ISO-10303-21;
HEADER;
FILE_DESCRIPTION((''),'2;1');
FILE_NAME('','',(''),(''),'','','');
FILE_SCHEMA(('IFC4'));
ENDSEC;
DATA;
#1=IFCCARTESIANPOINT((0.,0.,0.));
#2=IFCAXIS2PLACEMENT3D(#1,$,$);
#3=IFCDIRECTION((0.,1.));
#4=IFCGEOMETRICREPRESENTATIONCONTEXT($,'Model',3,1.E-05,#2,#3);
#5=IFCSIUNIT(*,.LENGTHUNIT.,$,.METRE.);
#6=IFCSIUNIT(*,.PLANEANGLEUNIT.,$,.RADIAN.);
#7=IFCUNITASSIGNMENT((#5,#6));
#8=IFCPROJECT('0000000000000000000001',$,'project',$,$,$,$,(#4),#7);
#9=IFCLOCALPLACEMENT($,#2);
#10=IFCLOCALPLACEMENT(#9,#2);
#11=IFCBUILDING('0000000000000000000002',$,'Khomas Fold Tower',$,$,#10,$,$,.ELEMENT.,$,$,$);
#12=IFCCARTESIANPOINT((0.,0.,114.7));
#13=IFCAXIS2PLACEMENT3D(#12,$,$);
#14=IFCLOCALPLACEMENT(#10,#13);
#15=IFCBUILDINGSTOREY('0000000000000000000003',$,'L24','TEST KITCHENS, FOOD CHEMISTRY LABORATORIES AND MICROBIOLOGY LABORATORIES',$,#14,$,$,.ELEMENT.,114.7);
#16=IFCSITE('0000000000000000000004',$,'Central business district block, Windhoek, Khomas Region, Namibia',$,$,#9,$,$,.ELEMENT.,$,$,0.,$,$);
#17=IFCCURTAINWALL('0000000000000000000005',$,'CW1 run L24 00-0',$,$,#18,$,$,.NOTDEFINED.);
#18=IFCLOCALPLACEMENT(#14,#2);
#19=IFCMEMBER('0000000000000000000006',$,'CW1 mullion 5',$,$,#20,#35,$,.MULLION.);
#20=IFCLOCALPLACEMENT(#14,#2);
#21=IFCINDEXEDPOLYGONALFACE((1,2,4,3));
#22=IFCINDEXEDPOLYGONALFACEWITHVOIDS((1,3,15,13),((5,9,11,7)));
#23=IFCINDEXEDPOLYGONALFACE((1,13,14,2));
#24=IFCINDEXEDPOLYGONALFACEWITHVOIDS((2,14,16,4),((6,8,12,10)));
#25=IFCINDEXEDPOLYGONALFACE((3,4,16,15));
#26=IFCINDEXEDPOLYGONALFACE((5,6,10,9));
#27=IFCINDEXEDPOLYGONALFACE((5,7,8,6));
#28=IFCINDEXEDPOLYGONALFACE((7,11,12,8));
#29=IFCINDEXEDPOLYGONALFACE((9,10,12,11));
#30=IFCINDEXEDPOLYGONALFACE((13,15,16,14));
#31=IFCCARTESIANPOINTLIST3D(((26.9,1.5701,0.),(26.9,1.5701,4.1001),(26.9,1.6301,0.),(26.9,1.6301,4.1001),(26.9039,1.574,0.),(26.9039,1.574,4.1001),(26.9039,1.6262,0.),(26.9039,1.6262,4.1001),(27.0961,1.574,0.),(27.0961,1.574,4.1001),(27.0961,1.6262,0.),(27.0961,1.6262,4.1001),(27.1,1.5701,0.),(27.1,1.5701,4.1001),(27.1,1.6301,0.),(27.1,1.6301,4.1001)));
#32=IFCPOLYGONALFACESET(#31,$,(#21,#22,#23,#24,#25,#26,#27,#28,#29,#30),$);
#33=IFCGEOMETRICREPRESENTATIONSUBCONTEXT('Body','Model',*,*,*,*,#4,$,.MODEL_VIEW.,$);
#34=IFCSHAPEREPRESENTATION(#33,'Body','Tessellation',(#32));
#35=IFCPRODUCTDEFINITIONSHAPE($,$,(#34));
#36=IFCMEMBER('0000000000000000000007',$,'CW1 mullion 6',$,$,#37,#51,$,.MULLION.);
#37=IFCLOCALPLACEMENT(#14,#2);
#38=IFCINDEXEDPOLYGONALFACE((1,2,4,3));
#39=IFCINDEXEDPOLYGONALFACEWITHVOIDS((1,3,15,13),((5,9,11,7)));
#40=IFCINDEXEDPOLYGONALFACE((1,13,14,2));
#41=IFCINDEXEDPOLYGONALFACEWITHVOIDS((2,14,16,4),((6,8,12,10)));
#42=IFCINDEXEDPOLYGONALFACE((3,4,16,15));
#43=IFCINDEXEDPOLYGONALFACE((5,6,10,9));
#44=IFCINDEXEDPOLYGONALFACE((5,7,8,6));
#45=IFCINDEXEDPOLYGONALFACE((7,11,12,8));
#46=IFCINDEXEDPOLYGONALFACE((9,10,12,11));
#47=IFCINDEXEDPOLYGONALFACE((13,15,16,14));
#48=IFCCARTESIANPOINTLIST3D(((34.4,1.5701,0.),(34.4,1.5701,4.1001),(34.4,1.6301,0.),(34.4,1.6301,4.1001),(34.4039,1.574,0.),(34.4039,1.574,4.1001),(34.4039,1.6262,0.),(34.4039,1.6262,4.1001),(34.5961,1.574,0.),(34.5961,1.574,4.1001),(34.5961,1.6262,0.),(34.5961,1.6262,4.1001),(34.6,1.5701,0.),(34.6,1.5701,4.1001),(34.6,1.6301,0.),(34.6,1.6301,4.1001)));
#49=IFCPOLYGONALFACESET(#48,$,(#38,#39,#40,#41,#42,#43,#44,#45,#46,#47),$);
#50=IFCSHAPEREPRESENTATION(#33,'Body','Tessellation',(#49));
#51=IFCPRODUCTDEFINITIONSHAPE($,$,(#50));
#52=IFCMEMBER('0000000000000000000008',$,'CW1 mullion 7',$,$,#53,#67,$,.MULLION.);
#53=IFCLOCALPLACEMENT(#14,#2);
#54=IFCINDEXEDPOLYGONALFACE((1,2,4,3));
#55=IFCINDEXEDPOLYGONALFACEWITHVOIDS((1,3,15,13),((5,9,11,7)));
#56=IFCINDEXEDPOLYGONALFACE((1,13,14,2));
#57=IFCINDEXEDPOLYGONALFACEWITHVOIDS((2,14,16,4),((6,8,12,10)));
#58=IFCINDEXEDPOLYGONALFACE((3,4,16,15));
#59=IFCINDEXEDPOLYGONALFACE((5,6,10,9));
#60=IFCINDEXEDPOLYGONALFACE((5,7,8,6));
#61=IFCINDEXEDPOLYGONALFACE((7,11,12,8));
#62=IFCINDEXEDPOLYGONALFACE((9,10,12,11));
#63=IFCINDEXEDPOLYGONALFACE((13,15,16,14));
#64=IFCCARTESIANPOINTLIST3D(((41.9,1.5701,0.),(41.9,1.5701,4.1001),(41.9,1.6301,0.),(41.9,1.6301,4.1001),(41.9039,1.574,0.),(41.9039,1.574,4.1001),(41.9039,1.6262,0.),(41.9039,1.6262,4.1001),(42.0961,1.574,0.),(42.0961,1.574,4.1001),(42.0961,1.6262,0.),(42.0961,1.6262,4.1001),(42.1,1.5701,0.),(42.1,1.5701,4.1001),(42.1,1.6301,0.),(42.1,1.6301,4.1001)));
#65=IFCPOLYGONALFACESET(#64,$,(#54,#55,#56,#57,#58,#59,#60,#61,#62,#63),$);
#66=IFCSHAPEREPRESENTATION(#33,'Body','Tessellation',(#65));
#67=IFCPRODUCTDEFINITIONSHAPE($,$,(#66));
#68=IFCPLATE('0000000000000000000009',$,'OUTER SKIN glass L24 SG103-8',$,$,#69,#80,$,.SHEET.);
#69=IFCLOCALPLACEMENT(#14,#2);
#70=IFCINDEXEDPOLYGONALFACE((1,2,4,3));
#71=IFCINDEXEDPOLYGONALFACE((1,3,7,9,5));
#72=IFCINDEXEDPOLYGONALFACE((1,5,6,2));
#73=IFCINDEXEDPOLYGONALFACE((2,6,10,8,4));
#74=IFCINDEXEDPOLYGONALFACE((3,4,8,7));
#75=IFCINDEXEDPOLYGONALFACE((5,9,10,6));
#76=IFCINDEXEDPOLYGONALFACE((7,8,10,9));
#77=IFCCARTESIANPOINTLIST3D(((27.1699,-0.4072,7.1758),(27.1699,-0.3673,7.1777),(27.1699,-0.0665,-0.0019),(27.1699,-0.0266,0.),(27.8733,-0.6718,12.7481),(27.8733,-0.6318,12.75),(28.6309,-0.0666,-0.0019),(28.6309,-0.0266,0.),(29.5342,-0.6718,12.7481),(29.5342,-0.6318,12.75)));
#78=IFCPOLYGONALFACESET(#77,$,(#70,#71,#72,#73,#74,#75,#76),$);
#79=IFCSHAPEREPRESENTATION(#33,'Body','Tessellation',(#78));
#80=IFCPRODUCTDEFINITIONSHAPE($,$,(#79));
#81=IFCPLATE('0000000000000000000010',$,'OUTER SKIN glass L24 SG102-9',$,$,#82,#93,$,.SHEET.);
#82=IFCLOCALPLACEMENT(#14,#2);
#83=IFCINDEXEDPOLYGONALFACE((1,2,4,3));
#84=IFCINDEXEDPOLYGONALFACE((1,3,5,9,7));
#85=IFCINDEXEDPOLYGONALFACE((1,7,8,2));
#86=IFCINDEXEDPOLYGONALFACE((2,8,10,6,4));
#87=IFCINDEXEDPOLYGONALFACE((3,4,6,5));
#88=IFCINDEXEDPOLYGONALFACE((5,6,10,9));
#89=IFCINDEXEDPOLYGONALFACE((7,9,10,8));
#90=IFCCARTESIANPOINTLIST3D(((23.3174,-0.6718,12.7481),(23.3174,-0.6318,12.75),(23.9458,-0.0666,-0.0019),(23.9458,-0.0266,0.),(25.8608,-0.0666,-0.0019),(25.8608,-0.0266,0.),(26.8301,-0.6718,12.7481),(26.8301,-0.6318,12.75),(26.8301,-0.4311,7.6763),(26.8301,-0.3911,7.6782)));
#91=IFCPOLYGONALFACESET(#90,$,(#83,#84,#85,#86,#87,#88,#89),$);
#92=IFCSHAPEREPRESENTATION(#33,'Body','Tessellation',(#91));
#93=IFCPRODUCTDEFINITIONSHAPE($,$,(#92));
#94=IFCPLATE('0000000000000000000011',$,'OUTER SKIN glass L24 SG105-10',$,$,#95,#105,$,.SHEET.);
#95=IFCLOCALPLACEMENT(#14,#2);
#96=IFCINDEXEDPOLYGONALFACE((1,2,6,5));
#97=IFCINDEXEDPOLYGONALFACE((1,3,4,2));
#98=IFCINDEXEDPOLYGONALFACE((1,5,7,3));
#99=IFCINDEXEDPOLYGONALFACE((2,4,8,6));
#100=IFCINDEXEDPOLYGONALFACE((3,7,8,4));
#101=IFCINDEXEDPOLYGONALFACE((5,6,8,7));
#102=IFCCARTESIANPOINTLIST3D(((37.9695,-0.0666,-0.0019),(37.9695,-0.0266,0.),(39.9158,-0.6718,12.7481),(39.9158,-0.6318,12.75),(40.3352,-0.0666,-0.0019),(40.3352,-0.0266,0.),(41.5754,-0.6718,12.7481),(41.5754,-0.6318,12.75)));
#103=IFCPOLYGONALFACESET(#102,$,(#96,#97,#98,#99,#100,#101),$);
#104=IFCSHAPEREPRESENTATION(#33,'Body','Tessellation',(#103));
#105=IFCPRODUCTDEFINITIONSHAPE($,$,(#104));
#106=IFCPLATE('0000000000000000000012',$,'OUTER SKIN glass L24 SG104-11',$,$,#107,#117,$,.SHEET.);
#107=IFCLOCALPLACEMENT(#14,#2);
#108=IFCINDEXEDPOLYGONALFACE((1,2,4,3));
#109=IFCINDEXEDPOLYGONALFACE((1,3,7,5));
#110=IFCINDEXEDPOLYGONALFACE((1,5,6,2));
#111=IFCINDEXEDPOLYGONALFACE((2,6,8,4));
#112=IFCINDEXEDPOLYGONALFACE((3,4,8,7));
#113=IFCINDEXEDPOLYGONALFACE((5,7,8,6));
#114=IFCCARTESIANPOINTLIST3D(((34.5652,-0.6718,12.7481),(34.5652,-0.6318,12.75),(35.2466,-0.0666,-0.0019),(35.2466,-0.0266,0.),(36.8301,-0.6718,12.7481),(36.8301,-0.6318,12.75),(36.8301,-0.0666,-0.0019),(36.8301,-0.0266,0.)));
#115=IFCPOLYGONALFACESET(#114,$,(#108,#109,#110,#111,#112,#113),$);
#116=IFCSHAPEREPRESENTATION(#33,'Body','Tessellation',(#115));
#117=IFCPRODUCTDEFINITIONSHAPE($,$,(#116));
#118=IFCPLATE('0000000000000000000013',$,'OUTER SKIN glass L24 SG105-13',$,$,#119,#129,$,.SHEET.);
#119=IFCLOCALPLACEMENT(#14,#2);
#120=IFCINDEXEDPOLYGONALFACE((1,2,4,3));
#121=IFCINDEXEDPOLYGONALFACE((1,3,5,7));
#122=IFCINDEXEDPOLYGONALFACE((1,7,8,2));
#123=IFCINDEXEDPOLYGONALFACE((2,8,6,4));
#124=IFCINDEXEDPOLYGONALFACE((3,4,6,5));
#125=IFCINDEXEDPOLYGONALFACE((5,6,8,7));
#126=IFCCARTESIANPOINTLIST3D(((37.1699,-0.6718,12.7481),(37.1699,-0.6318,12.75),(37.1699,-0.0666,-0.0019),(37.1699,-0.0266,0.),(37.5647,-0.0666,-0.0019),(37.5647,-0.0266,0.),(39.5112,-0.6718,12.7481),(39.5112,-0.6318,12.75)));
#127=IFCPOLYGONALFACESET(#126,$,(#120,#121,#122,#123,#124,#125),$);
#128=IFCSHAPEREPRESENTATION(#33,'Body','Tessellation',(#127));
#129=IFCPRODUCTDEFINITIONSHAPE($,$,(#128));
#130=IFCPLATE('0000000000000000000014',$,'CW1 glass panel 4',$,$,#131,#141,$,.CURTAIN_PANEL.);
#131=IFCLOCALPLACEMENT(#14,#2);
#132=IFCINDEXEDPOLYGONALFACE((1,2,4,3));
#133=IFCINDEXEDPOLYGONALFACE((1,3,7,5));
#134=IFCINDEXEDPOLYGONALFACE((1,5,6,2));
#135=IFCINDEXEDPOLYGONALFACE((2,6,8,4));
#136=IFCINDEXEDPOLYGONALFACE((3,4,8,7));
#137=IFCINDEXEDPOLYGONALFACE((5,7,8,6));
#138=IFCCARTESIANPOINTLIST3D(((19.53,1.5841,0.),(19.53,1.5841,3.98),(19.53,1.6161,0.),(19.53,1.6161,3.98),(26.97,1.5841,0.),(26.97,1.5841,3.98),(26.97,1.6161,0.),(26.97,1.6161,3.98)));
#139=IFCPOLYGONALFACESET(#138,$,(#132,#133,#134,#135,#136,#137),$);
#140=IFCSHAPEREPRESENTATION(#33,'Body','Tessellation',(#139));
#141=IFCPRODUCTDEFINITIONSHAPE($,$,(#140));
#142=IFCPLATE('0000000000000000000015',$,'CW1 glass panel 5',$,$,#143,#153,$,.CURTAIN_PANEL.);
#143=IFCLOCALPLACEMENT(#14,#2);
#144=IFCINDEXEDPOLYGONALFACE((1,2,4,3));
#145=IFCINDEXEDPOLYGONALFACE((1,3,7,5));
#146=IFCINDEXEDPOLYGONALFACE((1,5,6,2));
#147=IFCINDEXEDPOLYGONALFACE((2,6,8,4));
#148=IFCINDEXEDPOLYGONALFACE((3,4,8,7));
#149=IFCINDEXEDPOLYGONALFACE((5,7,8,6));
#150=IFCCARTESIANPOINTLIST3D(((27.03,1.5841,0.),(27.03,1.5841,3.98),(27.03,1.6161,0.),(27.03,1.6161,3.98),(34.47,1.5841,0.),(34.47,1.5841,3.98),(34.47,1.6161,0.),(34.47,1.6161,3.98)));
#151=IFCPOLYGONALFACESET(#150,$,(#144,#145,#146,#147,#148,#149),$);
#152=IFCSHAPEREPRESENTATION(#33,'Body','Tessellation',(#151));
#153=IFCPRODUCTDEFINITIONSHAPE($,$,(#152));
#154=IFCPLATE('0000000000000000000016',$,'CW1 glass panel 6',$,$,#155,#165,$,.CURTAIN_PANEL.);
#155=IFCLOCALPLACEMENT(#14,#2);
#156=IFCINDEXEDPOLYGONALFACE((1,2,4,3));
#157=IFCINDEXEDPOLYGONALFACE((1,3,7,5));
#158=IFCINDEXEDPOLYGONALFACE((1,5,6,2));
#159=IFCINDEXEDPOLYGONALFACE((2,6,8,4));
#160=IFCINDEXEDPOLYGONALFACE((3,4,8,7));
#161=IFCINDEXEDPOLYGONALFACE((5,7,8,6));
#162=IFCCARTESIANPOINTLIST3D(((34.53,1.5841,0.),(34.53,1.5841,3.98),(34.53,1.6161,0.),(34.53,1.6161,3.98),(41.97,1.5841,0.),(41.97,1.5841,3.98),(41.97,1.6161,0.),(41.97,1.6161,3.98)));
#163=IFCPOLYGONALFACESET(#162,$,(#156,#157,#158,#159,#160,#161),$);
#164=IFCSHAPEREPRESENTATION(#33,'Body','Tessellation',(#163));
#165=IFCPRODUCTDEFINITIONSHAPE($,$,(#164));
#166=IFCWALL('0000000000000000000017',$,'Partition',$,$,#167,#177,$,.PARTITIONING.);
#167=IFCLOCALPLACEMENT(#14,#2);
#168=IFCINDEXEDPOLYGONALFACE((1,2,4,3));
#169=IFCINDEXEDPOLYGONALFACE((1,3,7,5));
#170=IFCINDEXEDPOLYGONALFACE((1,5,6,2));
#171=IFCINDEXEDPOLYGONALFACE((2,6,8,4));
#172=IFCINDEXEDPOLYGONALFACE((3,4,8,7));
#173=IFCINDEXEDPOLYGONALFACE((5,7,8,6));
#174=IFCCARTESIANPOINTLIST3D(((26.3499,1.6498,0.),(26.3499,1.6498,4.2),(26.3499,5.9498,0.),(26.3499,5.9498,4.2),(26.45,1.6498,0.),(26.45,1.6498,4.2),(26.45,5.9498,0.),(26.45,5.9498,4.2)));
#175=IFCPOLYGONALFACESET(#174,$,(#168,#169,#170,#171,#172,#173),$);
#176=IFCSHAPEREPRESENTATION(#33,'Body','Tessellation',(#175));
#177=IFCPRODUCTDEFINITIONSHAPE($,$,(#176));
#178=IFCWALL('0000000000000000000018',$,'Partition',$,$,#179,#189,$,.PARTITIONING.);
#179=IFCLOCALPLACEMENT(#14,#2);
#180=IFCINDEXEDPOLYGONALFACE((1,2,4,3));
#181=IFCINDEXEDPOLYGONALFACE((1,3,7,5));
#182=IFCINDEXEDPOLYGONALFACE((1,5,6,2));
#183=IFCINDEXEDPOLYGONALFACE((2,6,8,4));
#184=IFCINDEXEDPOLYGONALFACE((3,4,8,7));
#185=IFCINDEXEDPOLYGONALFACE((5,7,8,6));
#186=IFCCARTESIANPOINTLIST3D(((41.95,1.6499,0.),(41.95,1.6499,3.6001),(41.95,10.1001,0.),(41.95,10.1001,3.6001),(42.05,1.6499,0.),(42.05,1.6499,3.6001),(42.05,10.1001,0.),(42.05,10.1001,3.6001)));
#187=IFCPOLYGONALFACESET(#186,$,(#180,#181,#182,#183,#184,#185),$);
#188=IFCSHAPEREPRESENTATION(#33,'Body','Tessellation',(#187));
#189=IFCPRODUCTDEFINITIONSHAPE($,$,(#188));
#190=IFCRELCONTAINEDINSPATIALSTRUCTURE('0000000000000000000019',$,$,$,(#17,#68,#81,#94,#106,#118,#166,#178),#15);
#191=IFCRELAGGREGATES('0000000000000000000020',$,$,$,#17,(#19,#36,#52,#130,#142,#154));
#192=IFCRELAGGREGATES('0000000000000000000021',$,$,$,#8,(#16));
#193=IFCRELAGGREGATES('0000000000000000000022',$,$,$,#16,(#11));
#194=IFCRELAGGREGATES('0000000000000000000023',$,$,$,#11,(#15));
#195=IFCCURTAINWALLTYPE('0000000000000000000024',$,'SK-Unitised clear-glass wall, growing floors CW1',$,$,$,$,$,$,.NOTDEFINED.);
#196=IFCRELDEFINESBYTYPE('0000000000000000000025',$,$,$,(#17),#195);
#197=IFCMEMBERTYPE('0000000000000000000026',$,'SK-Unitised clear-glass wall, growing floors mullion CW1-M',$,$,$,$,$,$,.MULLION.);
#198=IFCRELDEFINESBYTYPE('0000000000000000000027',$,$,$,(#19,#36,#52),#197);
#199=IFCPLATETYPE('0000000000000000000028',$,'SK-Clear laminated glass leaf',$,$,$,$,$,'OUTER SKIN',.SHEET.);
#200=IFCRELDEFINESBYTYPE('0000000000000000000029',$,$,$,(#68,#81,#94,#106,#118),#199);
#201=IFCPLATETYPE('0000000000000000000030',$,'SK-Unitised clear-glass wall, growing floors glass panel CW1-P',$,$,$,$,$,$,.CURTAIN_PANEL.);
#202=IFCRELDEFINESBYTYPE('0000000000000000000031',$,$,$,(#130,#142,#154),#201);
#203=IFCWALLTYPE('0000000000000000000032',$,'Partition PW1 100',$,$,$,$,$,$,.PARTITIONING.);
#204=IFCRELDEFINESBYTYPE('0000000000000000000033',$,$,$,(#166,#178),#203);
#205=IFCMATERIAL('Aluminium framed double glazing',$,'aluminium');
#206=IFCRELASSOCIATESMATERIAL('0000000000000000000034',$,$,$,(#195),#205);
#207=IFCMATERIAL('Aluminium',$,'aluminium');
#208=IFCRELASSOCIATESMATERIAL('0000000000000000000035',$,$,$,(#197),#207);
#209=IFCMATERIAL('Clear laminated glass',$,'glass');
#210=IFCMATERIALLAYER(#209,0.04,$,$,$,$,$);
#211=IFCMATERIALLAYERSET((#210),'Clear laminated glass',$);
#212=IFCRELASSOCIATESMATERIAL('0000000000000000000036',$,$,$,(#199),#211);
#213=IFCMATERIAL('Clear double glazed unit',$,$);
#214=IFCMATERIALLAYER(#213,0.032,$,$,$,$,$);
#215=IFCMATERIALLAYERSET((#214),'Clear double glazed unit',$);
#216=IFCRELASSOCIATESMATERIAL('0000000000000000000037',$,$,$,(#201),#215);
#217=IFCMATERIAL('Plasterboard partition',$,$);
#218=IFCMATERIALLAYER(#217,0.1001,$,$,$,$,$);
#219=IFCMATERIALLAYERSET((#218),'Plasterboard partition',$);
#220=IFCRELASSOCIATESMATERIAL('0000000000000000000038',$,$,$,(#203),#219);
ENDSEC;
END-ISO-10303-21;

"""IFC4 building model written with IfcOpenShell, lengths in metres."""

from ifc_helpers import new_model, si_unit, direction, frame, frame_2d, origin, origin_2d, place, context, subcontext, project, spatial, polyline, rectangle, hollow_rectangle, outline, extrude, source, transform, mapped, material, layer, layer_set, material_profile, profile_set, type_object, element, aggregate, save


model = new_model("IFC4")

# Units and contexts
model_context = context("Model", 3, precision=1e-05, world=origin(), true_north=direction((0.0, 1.0)))
body_context = subcontext(model_context, "Body", "Model", "MODEL_VIEW")
ifc_project = project(units=[si_unit("LENGTHUNIT", "METRE"), si_unit("PLANEANGLEUNIT", "RADIAN")], contexts=[model_context])

# Site, building, storey
site_placement = place(None, origin())
site = spatial("IfcSite", under=ifc_project, at=site_placement, Name="Central business district block, Windhoek, Khomas Region, Namibia", CompositionType="ELEMENT", RefElevation=0.0)
building_placement = place(site_placement, origin())
building = spatial("IfcBuilding", under=site, at=building_placement, Name="Khomas Fold Tower", CompositionType="ELEMENT")
storey_placement = place(building_placement, frame((0.0, 0.0, 114.7)))
storey = spatial("IfcBuildingStorey", under=building, at=storey_placement, Name="L24", Description="TEST KITCHENS, FOOD CHEMISTRY LABORATORIES AND MICROBIOLOGY LABORATORIES", CompositionType="ELEMENT", Elevation=114.7)

# Curtain wall, members
ifc_material_1 = material(Name="Aluminium framed double glazing", Category="aluminium")
curtain_wall_type = type_object("IfcCurtainWallType", Name="SK-Unitised clear-glass wall, growing floors CW1", PredefinedType="NOTDEFINED", material=ifc_material_1)
curtain_wall_placement = place(storey_placement, origin())
curtain_wall = element("IfcCurtainWall", 1, at=curtain_wall_placement, inside=storey, type_object=curtain_wall_type, Name="CW1 run L24 00-0", PredefinedType="NOTDEFINED")
ifc_material_2 = material(Name="Aluminium", Category="aluminium")
ifc_material_profile_1 = material_profile(ifc_material_2, hollow_rectangle(XDim=0.0601, YDim=0.2, WallThickness=0.0039, at=origin_2d()), Name="SK-Unitised clear-glass wall, growing floors mullion CW1-M")
ifc_profile_set_1 = profile_set([ifc_material_profile_1], Name="Aluminium")
member_type_1 = type_object("IfcMemberType", Name="SK-Unitised clear-glass wall, growing floors mullion CW1-M", PredefinedType="MULLION", material=ifc_profile_set_1)
shared_shape_1 = source(origin(), body_context, "Body", "SweptSolid", [
    extrude(hollow_rectangle(XDim=0.0601, YDim=0.2, WallThickness=0.0039, at=origin_2d()), origin(), (0.0, 0.0, 1.0), 4.1001),
])
member_1_placement = place(storey_placement, frame((27.0, 1.6001, 0.0), z_axis=(0.0, 0.0, 1.0), x_axis=(0.0, 1.0, 0.0)))
member_1 = element("IfcMember", 2, at=member_1_placement, type_object=member_type_1, Name="CW1 mullion 5", PredefinedType="MULLION", context=body_context, shape_type="MappedRepresentation", body=[
    mapped(shared_shape_1, transform((0.0, 0.0, 0.0))),
])
member_2_placement = place(storey_placement, frame((34.5, 1.6001, 0.0), z_axis=(0.0, 0.0, 1.0), x_axis=(0.0, 1.0, 0.0)))
member_2 = element("IfcMember", 3, at=member_2_placement, type_object=member_type_1, Name="CW1 mullion 6", PredefinedType="MULLION", context=body_context, shape_type="MappedRepresentation", body=[
    mapped(shared_shape_1, transform((0.0, 0.0, 0.0))),
])
member_3_placement = place(storey_placement, frame((42.0, 1.6001, 0.0), z_axis=(0.0, 0.0, 1.0), x_axis=(0.0, 1.0, 0.0)))
member_3 = element("IfcMember", 4, at=member_3_placement, type_object=member_type_1, Name="CW1 mullion 7", PredefinedType="MULLION", context=body_context, shape_type="MappedRepresentation", body=[
    mapped(shared_shape_1, transform((0.0, 0.0, 0.0))),
])

# Plates
ifc_material_3 = material(Name="Clear laminated glass", Category="glass")
ifc_layer_1 = layer(ifc_material_3, 0.04)
ifc_layer_set_1 = layer_set([ifc_layer_1], Name="Clear laminated glass")
plate_type_1 = type_object("IfcPlateType", Name="SK-Clear laminated glass leaf", ElementType="OUTER SKIN", PredefinedType="SHEET", material=ifc_layer_set_1)
plate_1_placement = place(storey_placement, frame((28.6309, -0.0266, 0.0), z_axis=(0.00004, 0.998875, 0.047413), x_axis=(-1.0, 0.00004, 0.000002)))
element("IfcPlate", 5, at=plate_1_placement, inside=storey, type_object=plate_type_1, Name="OUTER SKIN glass L24 SG103-8", PredefinedType="SHEET", context=body_context, shape_type="SweptSolid", body=[
    extrude(outline(polyline([(0.0, 0.0), (1.4609, 0.0), (1.4609, 7.1858), (0.7576, 12.7644), (-0.9033, 12.7644), (0.0, 0.0)])), origin(), (0.0, 0.0, -1.0), 0.04),
])
plate_2_placement = place(storey_placement, frame((25.8608, -0.0266, 0.0), z_axis=(0.000005, 0.998875, 0.047415), x_axis=(-1.0, 0.000005, 0.0)))
element("IfcPlate", 6, at=plate_2_placement, inside=storey, type_object=plate_type_1, Name="OUTER SKIN glass L24 SG102-9", PredefinedType="SHEET", context=body_context, shape_type="SweptSolid", body=[
    extrude(outline(polyline([(0.0, 0.0), (1.915, 0.0), (2.5435, 12.7644), (-0.9692, 12.7644), (-0.9692, 7.6869), (0.0, 0.0)])), origin(), (0.0, 0.0, -1.0), 0.04),
])
plate_3_placement = place(storey_placement, frame((40.3352, -0.0266, 0.0), z_axis=(0.0, 0.998875, 0.047415), x_axis=(-1.0, 0.0, 0.0)))
element("IfcPlate", 7, at=plate_3_placement, inside=storey, type_object=plate_type_1, Name="OUTER SKIN glass L24 SG105-10", PredefinedType="SHEET", context=body_context, shape_type="SweptSolid", body=[
    extrude(outline(polyline([(0.0, 0.0), (2.3657, 0.0), (0.4194, 12.7644), (-1.2402, 12.7644), (0.0, 0.0)])), origin(), (0.0, 0.0, -1.0), 0.04),
])
plate_4_placement = place(storey_placement, frame((35.2466, -0.0266, 0.0), z_axis=(0.0, 0.998875, 0.047415), x_axis=(-0.053307, -0.047348, 0.997455)))
element("IfcPlate", 8, at=plate_4_placement, inside=storey, type_object=plate_type_1, Name="OUTER SKIN glass L24 SG104-11", PredefinedType="SHEET", context=body_context, shape_type="SweptSolid", body=[
    extrude(outline(polyline([(0.0, 0.0), (12.7825, 0.0), (12.6618, 2.2617), (-0.0844, 1.5812), (0.0, 0.0)])), origin(), (0.0, 0.0, -1.0), 0.04),
])
plate_5_placement = place(storey_placement, frame((37.5647, -0.0266, 0.0), z_axis=(0.0, 0.998875, 0.047415), x_axis=(-1.0, 0.0, 0.0)))
element("IfcPlate", 9, at=plate_5_placement, inside=storey, type_object=plate_type_1, Name="OUTER SKIN glass L24 SG105-13", PredefinedType="SHEET", context=body_context, shape_type="SweptSolid", body=[
    extrude(outline(polyline([(0.0, 0.0), (0.3948, 0.0), (0.3948, 12.7644), (-1.9465, 12.7644), (0.0, 0.0)])), origin(), (0.0, 0.0, -1.0), 0.04),
])

# Plates
ifc_material_4 = material(Name="Clear double glazed unit")
ifc_layer_2 = layer(ifc_material_4, 0.032)
ifc_layer_set_2 = layer_set([ifc_layer_2], Name="Clear double glazed unit")
plate_type_2 = type_object("IfcPlateType", Name="SK-Unitised clear-glass wall, growing floors glass panel CW1-P", PredefinedType="CURTAIN_PANEL", material=ifc_layer_set_2)
shared_shape_2 = source(origin(), body_context, "Body", "SweptSolid", [
    extrude(rectangle(XDim=7.4399, YDim=0.032, at=origin_2d()), origin(), (0.0, 0.0, 1.0), 3.98),
])
plate_6_placement = place(storey_placement, frame((23.25, 1.6001, 0.0), z_axis=(0.0, 0.0, 1.0), x_axis=(1.0, 0.0, 0.0)))
plate_6 = element("IfcPlate", 10, at=plate_6_placement, type_object=plate_type_2, Name="CW1 glass panel 4", PredefinedType="CURTAIN_PANEL", context=body_context, shape_type="MappedRepresentation", body=[
    mapped(shared_shape_2, transform((0.0, 0.0, 0.0))),
])
plate_7_placement = place(storey_placement, frame((30.75, 1.6001, 0.0), z_axis=(0.0, 0.0, 1.0), x_axis=(1.0, 0.0, 0.0)))
plate_7 = element("IfcPlate", 11, at=plate_7_placement, type_object=plate_type_2, Name="CW1 glass panel 5", PredefinedType="CURTAIN_PANEL", context=body_context, shape_type="MappedRepresentation", body=[
    mapped(shared_shape_2, transform((0.0, 0.0, 0.0))),
])
plate_8_placement = place(storey_placement, frame((38.25, 1.6001, 0.0), z_axis=(0.0, 0.0, 1.0), x_axis=(1.0, 0.0, 0.0)))
plate_8 = element("IfcPlate", 12, at=plate_8_placement, type_object=plate_type_2, Name="CW1 glass panel 6", PredefinedType="CURTAIN_PANEL", context=body_context, shape_type="MappedRepresentation", body=[
    mapped(shared_shape_2, transform((0.0, 0.0, 0.0))),
])
aggregate(curtain_wall, [member_1, member_2, member_3, plate_6, plate_7, plate_8])

# Walls
ifc_material_5 = material(Name="Plasterboard partition")
ifc_layer_3 = layer(ifc_material_5, 0.1001)
ifc_layer_set_3 = layer_set([ifc_layer_3], Name="Plasterboard partition")
wall_type = type_object("IfcWallType", Name="Partition PW1 100", PredefinedType="PARTITIONING", material=ifc_layer_set_3)
shared_shape_3 = source(origin(), body_context, "Body", "SweptSolid", [
    extrude(rectangle(XDim=4.3, YDim=0.1001, at=frame_2d((2.1499, 0.0))), origin(), (0.0, 0.0, 1.0), 4.2),
])
wall_1_placement = place(storey_placement, frame((26.3999, 1.6499, 0.0), z_axis=(0.0, 0.0, 1.0), x_axis=(0.0, 1.0, 0.0)))
element("IfcWall", 13, at=wall_1_placement, inside=storey, type_object=wall_type, Name="Partition", PredefinedType="PARTITIONING", context=body_context, shape_type="MappedRepresentation", body=[
    mapped(shared_shape_3, transform((0.0, 0.0, 0.0))),
])
shared_shape_4 = source(origin(), body_context, "Body", "SweptSolid", [
    extrude(rectangle(XDim=8.4502, YDim=0.1001, at=frame_2d((4.2251, 0.0))), origin(), (0.0, 0.0, 1.0), 3.6001),
])
wall_2_placement = place(storey_placement, frame((42.0, 1.6499, 0.0), z_axis=(0.0, 0.0, 1.0), x_axis=(0.0, 1.0, 0.0)))
element("IfcWall", 14, at=wall_2_placement, inside=storey, type_object=wall_type, Name="Partition", PredefinedType="PARTITIONING", context=body_context, shape_type="MappedRepresentation", body=[
    mapped(shared_shape_4, transform((0.0, 0.0, 0.0))),
])

save(model, "model.ifc")
